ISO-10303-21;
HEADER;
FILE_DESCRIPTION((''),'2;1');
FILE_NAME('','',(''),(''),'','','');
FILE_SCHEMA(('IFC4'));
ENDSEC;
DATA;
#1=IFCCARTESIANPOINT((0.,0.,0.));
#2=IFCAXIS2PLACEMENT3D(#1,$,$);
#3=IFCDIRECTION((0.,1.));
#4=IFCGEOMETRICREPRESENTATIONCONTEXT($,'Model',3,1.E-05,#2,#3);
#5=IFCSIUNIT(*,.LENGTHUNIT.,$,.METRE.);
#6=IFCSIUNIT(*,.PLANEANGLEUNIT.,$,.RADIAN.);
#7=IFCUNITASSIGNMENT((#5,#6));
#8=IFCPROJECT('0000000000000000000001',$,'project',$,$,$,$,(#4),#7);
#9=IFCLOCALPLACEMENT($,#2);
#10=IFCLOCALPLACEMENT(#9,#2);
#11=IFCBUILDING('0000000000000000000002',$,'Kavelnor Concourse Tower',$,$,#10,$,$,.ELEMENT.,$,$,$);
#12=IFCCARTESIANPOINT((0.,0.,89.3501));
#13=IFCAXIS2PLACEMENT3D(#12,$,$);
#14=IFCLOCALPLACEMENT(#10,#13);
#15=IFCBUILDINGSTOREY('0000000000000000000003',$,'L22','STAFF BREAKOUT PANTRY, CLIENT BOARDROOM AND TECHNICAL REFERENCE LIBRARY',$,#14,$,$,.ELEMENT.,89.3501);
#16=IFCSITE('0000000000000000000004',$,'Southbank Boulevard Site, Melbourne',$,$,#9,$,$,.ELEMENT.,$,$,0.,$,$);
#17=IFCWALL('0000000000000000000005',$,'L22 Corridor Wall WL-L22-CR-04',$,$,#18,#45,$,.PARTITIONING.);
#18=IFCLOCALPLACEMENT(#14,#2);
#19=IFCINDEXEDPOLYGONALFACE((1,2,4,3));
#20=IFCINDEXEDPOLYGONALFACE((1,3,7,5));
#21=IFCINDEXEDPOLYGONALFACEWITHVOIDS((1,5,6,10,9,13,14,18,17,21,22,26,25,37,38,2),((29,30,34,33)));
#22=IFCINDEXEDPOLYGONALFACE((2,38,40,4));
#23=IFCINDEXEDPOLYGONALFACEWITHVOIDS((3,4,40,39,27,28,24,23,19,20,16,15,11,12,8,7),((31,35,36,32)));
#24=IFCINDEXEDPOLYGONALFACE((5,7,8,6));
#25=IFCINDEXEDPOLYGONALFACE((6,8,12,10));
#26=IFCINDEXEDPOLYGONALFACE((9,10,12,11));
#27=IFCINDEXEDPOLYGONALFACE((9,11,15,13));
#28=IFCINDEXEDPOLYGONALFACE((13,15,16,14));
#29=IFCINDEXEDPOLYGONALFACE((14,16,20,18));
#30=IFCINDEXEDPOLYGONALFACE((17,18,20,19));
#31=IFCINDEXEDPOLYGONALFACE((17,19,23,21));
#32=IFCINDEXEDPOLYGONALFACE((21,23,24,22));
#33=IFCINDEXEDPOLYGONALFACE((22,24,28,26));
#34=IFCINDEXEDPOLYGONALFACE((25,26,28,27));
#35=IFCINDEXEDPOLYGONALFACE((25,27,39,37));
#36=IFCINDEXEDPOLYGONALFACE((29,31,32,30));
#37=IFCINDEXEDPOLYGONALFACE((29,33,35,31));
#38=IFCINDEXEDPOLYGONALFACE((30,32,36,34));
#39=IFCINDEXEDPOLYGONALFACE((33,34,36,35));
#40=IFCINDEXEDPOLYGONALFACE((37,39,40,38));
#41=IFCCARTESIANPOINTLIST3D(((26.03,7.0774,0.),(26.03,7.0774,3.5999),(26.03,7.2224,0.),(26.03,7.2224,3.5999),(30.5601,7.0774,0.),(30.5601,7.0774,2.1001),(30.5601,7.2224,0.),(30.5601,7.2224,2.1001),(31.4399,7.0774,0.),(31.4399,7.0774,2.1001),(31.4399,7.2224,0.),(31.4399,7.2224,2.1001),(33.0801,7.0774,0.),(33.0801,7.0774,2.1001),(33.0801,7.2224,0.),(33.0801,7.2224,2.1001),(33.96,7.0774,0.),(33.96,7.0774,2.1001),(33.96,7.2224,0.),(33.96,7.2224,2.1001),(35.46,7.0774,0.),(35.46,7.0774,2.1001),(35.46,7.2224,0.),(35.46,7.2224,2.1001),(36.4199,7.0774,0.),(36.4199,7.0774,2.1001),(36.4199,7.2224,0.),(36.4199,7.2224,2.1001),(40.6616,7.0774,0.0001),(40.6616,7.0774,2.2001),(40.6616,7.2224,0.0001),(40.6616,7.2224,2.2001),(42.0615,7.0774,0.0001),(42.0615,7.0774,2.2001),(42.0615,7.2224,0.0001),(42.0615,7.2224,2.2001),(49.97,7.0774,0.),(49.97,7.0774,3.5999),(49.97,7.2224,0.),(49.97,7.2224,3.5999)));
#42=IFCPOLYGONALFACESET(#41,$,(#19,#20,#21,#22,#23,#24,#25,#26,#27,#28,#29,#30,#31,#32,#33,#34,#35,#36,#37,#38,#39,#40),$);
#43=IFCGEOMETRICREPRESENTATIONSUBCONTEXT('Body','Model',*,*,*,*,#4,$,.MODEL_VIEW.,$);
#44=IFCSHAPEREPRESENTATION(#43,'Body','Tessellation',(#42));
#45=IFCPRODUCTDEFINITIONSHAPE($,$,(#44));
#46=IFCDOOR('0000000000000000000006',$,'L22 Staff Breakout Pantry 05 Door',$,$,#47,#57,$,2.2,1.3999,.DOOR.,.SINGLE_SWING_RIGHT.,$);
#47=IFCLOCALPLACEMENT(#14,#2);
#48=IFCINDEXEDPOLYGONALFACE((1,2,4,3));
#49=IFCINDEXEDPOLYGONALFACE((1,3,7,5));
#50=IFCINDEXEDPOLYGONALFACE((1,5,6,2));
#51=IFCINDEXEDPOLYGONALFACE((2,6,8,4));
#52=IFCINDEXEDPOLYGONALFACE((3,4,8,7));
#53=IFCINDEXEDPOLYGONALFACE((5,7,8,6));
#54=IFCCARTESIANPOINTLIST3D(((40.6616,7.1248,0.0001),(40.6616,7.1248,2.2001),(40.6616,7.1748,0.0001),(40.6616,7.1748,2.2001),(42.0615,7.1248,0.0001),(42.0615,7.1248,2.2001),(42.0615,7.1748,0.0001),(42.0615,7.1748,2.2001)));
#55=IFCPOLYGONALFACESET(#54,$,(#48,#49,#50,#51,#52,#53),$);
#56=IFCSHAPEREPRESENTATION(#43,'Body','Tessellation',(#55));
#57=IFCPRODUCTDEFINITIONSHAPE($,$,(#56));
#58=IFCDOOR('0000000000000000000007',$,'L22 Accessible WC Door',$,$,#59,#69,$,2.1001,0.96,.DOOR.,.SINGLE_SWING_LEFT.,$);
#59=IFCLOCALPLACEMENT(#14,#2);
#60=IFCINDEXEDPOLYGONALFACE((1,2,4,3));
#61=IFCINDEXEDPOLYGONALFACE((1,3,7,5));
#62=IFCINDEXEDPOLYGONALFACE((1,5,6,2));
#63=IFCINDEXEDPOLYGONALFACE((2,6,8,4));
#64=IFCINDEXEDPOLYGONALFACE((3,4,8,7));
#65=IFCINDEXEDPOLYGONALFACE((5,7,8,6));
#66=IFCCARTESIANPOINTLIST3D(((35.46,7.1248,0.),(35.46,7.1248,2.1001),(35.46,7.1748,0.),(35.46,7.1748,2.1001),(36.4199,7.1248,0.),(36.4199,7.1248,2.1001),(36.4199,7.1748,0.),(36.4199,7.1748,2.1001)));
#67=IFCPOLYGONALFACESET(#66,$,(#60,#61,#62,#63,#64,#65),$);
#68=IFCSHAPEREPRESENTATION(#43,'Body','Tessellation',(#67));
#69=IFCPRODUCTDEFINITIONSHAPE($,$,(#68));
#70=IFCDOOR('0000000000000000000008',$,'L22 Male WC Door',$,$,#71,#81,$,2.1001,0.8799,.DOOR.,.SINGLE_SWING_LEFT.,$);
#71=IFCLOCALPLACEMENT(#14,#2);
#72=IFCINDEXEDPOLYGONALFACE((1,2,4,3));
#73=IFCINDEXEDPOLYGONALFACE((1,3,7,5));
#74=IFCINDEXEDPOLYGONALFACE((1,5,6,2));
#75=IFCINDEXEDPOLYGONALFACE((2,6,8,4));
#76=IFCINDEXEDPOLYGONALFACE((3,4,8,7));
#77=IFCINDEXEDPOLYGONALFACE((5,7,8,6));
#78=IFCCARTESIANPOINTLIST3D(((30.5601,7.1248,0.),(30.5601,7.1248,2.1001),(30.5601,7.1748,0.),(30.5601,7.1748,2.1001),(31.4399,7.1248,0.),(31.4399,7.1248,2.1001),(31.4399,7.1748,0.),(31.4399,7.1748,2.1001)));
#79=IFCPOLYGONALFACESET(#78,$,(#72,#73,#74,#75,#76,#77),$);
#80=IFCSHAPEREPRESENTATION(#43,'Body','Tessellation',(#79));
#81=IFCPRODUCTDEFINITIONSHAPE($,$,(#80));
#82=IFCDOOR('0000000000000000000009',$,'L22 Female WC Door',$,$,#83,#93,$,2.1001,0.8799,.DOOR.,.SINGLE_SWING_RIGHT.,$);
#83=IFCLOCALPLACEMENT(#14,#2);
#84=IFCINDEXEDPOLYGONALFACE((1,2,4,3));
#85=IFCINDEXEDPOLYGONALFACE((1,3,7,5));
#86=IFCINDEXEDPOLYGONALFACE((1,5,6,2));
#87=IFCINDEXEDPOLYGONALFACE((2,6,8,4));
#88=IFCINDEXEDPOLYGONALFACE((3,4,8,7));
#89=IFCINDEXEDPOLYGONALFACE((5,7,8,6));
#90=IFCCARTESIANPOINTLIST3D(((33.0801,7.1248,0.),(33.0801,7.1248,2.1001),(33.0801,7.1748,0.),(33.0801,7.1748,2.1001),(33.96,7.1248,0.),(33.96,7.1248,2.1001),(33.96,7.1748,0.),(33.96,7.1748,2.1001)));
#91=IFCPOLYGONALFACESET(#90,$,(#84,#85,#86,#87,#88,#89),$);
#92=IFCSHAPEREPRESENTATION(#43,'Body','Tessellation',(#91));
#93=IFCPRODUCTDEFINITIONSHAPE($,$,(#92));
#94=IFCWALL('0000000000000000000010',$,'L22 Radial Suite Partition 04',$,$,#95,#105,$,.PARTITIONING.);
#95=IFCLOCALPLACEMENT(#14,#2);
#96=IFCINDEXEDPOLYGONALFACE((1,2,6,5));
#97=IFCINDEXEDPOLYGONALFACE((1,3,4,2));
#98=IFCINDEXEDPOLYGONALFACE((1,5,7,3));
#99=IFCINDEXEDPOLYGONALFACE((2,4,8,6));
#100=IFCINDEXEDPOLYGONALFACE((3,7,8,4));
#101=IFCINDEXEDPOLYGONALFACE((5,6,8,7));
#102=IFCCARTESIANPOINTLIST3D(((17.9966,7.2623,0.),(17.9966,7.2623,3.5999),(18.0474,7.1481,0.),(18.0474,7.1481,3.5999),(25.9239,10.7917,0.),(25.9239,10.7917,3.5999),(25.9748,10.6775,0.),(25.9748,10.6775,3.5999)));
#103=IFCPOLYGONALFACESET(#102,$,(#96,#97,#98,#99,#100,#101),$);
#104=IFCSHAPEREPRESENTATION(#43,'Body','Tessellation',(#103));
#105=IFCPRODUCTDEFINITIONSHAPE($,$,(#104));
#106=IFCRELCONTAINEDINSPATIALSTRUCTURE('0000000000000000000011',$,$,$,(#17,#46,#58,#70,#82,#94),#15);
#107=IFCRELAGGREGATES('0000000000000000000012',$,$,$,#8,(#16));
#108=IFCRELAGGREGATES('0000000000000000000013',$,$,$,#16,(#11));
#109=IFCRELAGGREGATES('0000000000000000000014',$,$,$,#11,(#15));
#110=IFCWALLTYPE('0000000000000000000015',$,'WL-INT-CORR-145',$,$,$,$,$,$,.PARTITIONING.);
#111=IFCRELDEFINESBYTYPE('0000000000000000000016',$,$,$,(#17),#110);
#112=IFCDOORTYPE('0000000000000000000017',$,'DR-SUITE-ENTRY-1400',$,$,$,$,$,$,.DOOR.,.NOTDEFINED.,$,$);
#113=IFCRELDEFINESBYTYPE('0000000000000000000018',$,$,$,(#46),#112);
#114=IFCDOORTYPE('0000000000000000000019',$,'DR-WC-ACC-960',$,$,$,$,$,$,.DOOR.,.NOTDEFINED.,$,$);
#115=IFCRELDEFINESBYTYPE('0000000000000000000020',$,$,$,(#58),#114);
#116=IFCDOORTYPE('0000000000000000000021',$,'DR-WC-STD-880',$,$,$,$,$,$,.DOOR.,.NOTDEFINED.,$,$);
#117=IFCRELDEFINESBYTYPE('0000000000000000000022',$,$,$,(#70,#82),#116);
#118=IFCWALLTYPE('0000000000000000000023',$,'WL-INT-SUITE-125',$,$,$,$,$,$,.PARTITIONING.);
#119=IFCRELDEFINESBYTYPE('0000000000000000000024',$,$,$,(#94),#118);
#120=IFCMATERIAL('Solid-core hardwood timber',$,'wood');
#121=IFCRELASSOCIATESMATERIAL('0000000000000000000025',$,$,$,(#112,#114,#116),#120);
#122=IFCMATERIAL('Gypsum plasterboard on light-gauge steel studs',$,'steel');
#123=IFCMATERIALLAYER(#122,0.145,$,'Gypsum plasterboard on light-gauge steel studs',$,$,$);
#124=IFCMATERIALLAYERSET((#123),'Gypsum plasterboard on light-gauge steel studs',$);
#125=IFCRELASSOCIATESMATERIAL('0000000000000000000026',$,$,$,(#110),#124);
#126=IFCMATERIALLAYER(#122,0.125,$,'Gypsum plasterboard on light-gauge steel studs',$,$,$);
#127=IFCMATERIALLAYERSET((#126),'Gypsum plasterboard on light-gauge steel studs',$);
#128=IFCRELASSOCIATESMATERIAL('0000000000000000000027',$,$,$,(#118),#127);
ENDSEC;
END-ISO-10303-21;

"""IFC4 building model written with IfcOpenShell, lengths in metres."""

from ifc_helpers import new_model, si_unit, direction, frame, frame_2d, origin, place, context, subcontext, project, spatial, rectangle, extrude, material, layer, layer_set, type_object, element, fill, save


model = new_model("IFC4")

# Units and contexts
model_context = context("Model", 3, precision=1e-05, world=origin(), true_north=direction((0.0, 1.0)))
body_context = subcontext(model_context, "Body", "Model", "MODEL_VIEW")
ifc_project = project(units=[si_unit("LENGTHUNIT", "METRE"), si_unit("PLANEANGLEUNIT", "RADIAN")], contexts=[model_context])

# Site, building, storey
site_placement = place(None, origin())
site = spatial("IfcSite", under=ifc_project, at=site_placement, Name="Southbank Boulevard Site, Melbourne", CompositionType="ELEMENT", RefElevation=0.0)
building_placement = place(site_placement, origin())
building = spatial("IfcBuilding", under=site, at=building_placement, Name="Kavelnor Concourse Tower", CompositionType="ELEMENT")
storey_placement = place(building_placement, frame((0.0, 0.0, 89.3501)))
storey = spatial("IfcBuildingStorey", under=building, at=storey_placement, Name="L22", Description="STAFF BREAKOUT PANTRY, CLIENT BOARDROOM AND TECHNICAL REFERENCE LIBRARY", CompositionType="ELEMENT", Elevation=89.3501)

# Shared definitions
ifc_material_1 = material(Name="Solid-core hardwood timber", Category="wood")
door_type_1 = type_object("IfcDoorType", Name="DR-SUITE-ENTRY-1400", OperationType="NOTDEFINED", PredefinedType="DOOR", material=ifc_material_1)

# Wall, openings, doors
ifc_material_2 = material(Name="Gypsum plasterboard on light-gauge steel studs", Category="steel")
ifc_layer_1 = layer(ifc_material_2, 0.145, Name="Gypsum plasterboard on light-gauge steel studs")
ifc_layer_set_1 = layer_set([ifc_layer_1], Name="Gypsum plasterboard on light-gauge steel studs")
wall_type_1 = type_object("IfcWallType", Name="WL-INT-CORR-145", PredefinedType="PARTITIONING", material=ifc_layer_set_1)
wall_1_placement = place(storey_placement, frame((26.03, 7.1499, 0.0), z_axis=(0.0, 0.0, 1.0), x_axis=(1.0, 0.0, 0.0)))
wall_1 = element("IfcWall", 1, at=wall_1_placement, inside=storey, type_object=wall_type_1, Name="L22 Corridor Wall WL-L22-CR-04", PredefinedType="PARTITIONING", context=body_context, shape_type="SweptSolid", body=[
    extrude(rectangle(XDim=23.9399, YDim=0.145, at=frame_2d((11.97, 0.0))), origin(), (0.0, 0.0, 1.0), 3.5999),
])
opening_1_placement = place(wall_1_placement, frame((4.53, 0.0, 0.0)))
opening_1 = element("IfcOpeningElement", 2, at=opening_1_placement, cuts=wall_1, PredefinedType="OPENING", context=body_context, shape_type="SweptSolid", body=[
    extrude(rectangle(XDim=0.8799, YDim=2.1001, at=frame_2d((0.4399, 1.05))), frame((0.0, 0.0825, 0.0), z_axis=(0.0, -1.0, 0.0), x_axis=(1.0, 0.0, 0.0)), (0.0, 0.0, 1.0), 0.165),
])
opening_2_placement = place(wall_1_placement, frame((7.05, 0.0, 0.0)))
opening_2 = element("IfcOpeningElement", 3, at=opening_2_placement, cuts=wall_1, PredefinedType="OPENING", context=body_context, shape_type="SweptSolid", body=[
    extrude(rectangle(XDim=0.8799, YDim=2.1001, at=frame_2d((0.4399, 1.05))), frame((0.0, 0.0825, 0.0), z_axis=(0.0, -1.0, 0.0), x_axis=(1.0, 0.0, 0.0)), (0.0, 0.0, 1.0), 0.165),
])
opening_3_placement = place(wall_1_placement, frame((9.4299, 0.0, 0.0)))
opening_3 = element("IfcOpeningElement", 4, at=opening_3_placement, cuts=wall_1, PredefinedType="OPENING", context=body_context, shape_type="SweptSolid", body=[
    extrude(rectangle(XDim=0.96, YDim=2.1001, at=frame_2d((0.48, 1.05))), frame((0.0, 0.0825, 0.0), z_axis=(0.0, -1.0, 0.0), x_axis=(1.0, 0.0, 0.0)), (0.0, 0.0, 1.0), 0.165),
])
opening_4_placement = place(wall_1_placement, frame((14.6316, 0.0, 0.0)))
opening_4 = element("IfcOpeningElement", 5, at=opening_4_placement, cuts=wall_1, PredefinedType="OPENING", context=body_context, shape_type="SweptSolid", body=[
    extrude(rectangle(XDim=1.3999, YDim=2.2, at=frame_2d((0.7, 1.1001))), frame((0.0, 0.0825, 0.0), z_axis=(0.0, -1.0, 0.0), x_axis=(1.0, 0.0, 0.0)), (0.0, 0.0, 1.0), 0.165),
])
door_1_placement = place(opening_4_placement, origin())
door_1 = element("IfcDoor", 6, at=door_1_placement, inside=storey, type_object=door_type_1, Name="L22 Staff Breakout Pantry 05 Door", OperationType="SINGLE_SWING_RIGHT", OverallHeight=2.2, OverallWidth=1.3999, PredefinedType="DOOR", context=body_context, shape_type="SweptSolid", body=[
    extrude(rectangle(XDim=1.3999, YDim=2.2, at=frame_2d((0.7, 1.1001))), frame((0.0, 0.0249, 0.0), z_axis=(0.0, -1.0, 0.0), x_axis=(1.0, 0.0, 0.0)), (0.0, 0.0, 1.0), 0.05),
])
fill(opening_4, door_1)
door_type_2 = type_object("IfcDoorType", Name="DR-WC-ACC-960", OperationType="NOTDEFINED", PredefinedType="DOOR", material=ifc_material_1)
door_2_placement = place(opening_3_placement, origin())
door_2 = element("IfcDoor", 7, at=door_2_placement, inside=storey, type_object=door_type_2, Name="L22 Accessible WC Door", OperationType="SINGLE_SWING_LEFT", OverallHeight=2.1001, OverallWidth=0.96, PredefinedType="DOOR", context=body_context, shape_type="SweptSolid", body=[
    extrude(rectangle(XDim=0.96, YDim=2.1001, at=frame_2d((0.48, 1.05))), frame((0.0, 0.0249, 0.0), z_axis=(0.0, -1.0, 0.0), x_axis=(1.0, 0.0, 0.0)), (0.0, 0.0, 1.0), 0.05),
])
fill(opening_3, door_2)
door_type_3 = type_object("IfcDoorType", Name="DR-WC-STD-880", OperationType="NOTDEFINED", PredefinedType="DOOR", material=ifc_material_1)
door_3_placement = place(opening_1_placement, origin())
door_3 = element("IfcDoor", 8, at=door_3_placement, inside=storey, type_object=door_type_3, Name="L22 Male WC Door", OperationType="SINGLE_SWING_LEFT", OverallHeight=2.1001, OverallWidth=0.8799, PredefinedType="DOOR", context=body_context, shape_type="SweptSolid", body=[
    extrude(rectangle(XDim=0.8799, YDim=2.1001, at=frame_2d((0.4399, 1.05))), frame((0.0, 0.0249, 0.0), z_axis=(0.0, -1.0, 0.0), x_axis=(1.0, 0.0, 0.0)), (0.0, 0.0, 1.0), 0.05),
])
fill(opening_1, door_3)
door_4_placement = place(opening_2_placement, origin())
door_4 = element("IfcDoor", 9, at=door_4_placement, inside=storey, type_object=door_type_3, Name="L22 Female WC Door", OperationType="SINGLE_SWING_RIGHT", OverallHeight=2.1001, OverallWidth=0.8799, PredefinedType="DOOR", context=body_context, shape_type="SweptSolid", body=[
    extrude(rectangle(XDim=0.8799, YDim=2.1001, at=frame_2d((0.4399, 1.05))), frame((0.0, 0.0249, 0.0), z_axis=(0.0, -1.0, 0.0), x_axis=(1.0, 0.0, 0.0)), (0.0, 0.0, 1.0), 0.05),
])
fill(opening_2, door_4)

# Wall
ifc_layer_2 = layer(ifc_material_2, 0.125, Name="Gypsum plasterboard on light-gauge steel studs")
ifc_layer_set_2 = layer_set([ifc_layer_2], Name="Gypsum plasterboard on light-gauge steel studs")
wall_type_2 = type_object("IfcWallType", Name="WL-INT-SUITE-125", PredefinedType="PARTITIONING", material=ifc_layer_set_2)
wall_2_placement = place(storey_placement, frame((25.9495, 10.7346, 0.0), z_axis=(0.0, 0.0, 1.0), x_axis=(-0.913551, -0.406723, 0.0)))
element("IfcWall", 10, at=wall_2_placement, inside=storey, type_object=wall_type_2, Name="L22 Radial Suite Partition 04", PredefinedType="PARTITIONING", context=body_context, shape_type="SweptSolid", body=[
    extrude(rectangle(XDim=8.6775, YDim=0.125, at=frame_2d((4.3389, 0.0))), origin(), (0.0, 0.0, 1.0), 3.5999),
])

save(model, "model.ifc")
